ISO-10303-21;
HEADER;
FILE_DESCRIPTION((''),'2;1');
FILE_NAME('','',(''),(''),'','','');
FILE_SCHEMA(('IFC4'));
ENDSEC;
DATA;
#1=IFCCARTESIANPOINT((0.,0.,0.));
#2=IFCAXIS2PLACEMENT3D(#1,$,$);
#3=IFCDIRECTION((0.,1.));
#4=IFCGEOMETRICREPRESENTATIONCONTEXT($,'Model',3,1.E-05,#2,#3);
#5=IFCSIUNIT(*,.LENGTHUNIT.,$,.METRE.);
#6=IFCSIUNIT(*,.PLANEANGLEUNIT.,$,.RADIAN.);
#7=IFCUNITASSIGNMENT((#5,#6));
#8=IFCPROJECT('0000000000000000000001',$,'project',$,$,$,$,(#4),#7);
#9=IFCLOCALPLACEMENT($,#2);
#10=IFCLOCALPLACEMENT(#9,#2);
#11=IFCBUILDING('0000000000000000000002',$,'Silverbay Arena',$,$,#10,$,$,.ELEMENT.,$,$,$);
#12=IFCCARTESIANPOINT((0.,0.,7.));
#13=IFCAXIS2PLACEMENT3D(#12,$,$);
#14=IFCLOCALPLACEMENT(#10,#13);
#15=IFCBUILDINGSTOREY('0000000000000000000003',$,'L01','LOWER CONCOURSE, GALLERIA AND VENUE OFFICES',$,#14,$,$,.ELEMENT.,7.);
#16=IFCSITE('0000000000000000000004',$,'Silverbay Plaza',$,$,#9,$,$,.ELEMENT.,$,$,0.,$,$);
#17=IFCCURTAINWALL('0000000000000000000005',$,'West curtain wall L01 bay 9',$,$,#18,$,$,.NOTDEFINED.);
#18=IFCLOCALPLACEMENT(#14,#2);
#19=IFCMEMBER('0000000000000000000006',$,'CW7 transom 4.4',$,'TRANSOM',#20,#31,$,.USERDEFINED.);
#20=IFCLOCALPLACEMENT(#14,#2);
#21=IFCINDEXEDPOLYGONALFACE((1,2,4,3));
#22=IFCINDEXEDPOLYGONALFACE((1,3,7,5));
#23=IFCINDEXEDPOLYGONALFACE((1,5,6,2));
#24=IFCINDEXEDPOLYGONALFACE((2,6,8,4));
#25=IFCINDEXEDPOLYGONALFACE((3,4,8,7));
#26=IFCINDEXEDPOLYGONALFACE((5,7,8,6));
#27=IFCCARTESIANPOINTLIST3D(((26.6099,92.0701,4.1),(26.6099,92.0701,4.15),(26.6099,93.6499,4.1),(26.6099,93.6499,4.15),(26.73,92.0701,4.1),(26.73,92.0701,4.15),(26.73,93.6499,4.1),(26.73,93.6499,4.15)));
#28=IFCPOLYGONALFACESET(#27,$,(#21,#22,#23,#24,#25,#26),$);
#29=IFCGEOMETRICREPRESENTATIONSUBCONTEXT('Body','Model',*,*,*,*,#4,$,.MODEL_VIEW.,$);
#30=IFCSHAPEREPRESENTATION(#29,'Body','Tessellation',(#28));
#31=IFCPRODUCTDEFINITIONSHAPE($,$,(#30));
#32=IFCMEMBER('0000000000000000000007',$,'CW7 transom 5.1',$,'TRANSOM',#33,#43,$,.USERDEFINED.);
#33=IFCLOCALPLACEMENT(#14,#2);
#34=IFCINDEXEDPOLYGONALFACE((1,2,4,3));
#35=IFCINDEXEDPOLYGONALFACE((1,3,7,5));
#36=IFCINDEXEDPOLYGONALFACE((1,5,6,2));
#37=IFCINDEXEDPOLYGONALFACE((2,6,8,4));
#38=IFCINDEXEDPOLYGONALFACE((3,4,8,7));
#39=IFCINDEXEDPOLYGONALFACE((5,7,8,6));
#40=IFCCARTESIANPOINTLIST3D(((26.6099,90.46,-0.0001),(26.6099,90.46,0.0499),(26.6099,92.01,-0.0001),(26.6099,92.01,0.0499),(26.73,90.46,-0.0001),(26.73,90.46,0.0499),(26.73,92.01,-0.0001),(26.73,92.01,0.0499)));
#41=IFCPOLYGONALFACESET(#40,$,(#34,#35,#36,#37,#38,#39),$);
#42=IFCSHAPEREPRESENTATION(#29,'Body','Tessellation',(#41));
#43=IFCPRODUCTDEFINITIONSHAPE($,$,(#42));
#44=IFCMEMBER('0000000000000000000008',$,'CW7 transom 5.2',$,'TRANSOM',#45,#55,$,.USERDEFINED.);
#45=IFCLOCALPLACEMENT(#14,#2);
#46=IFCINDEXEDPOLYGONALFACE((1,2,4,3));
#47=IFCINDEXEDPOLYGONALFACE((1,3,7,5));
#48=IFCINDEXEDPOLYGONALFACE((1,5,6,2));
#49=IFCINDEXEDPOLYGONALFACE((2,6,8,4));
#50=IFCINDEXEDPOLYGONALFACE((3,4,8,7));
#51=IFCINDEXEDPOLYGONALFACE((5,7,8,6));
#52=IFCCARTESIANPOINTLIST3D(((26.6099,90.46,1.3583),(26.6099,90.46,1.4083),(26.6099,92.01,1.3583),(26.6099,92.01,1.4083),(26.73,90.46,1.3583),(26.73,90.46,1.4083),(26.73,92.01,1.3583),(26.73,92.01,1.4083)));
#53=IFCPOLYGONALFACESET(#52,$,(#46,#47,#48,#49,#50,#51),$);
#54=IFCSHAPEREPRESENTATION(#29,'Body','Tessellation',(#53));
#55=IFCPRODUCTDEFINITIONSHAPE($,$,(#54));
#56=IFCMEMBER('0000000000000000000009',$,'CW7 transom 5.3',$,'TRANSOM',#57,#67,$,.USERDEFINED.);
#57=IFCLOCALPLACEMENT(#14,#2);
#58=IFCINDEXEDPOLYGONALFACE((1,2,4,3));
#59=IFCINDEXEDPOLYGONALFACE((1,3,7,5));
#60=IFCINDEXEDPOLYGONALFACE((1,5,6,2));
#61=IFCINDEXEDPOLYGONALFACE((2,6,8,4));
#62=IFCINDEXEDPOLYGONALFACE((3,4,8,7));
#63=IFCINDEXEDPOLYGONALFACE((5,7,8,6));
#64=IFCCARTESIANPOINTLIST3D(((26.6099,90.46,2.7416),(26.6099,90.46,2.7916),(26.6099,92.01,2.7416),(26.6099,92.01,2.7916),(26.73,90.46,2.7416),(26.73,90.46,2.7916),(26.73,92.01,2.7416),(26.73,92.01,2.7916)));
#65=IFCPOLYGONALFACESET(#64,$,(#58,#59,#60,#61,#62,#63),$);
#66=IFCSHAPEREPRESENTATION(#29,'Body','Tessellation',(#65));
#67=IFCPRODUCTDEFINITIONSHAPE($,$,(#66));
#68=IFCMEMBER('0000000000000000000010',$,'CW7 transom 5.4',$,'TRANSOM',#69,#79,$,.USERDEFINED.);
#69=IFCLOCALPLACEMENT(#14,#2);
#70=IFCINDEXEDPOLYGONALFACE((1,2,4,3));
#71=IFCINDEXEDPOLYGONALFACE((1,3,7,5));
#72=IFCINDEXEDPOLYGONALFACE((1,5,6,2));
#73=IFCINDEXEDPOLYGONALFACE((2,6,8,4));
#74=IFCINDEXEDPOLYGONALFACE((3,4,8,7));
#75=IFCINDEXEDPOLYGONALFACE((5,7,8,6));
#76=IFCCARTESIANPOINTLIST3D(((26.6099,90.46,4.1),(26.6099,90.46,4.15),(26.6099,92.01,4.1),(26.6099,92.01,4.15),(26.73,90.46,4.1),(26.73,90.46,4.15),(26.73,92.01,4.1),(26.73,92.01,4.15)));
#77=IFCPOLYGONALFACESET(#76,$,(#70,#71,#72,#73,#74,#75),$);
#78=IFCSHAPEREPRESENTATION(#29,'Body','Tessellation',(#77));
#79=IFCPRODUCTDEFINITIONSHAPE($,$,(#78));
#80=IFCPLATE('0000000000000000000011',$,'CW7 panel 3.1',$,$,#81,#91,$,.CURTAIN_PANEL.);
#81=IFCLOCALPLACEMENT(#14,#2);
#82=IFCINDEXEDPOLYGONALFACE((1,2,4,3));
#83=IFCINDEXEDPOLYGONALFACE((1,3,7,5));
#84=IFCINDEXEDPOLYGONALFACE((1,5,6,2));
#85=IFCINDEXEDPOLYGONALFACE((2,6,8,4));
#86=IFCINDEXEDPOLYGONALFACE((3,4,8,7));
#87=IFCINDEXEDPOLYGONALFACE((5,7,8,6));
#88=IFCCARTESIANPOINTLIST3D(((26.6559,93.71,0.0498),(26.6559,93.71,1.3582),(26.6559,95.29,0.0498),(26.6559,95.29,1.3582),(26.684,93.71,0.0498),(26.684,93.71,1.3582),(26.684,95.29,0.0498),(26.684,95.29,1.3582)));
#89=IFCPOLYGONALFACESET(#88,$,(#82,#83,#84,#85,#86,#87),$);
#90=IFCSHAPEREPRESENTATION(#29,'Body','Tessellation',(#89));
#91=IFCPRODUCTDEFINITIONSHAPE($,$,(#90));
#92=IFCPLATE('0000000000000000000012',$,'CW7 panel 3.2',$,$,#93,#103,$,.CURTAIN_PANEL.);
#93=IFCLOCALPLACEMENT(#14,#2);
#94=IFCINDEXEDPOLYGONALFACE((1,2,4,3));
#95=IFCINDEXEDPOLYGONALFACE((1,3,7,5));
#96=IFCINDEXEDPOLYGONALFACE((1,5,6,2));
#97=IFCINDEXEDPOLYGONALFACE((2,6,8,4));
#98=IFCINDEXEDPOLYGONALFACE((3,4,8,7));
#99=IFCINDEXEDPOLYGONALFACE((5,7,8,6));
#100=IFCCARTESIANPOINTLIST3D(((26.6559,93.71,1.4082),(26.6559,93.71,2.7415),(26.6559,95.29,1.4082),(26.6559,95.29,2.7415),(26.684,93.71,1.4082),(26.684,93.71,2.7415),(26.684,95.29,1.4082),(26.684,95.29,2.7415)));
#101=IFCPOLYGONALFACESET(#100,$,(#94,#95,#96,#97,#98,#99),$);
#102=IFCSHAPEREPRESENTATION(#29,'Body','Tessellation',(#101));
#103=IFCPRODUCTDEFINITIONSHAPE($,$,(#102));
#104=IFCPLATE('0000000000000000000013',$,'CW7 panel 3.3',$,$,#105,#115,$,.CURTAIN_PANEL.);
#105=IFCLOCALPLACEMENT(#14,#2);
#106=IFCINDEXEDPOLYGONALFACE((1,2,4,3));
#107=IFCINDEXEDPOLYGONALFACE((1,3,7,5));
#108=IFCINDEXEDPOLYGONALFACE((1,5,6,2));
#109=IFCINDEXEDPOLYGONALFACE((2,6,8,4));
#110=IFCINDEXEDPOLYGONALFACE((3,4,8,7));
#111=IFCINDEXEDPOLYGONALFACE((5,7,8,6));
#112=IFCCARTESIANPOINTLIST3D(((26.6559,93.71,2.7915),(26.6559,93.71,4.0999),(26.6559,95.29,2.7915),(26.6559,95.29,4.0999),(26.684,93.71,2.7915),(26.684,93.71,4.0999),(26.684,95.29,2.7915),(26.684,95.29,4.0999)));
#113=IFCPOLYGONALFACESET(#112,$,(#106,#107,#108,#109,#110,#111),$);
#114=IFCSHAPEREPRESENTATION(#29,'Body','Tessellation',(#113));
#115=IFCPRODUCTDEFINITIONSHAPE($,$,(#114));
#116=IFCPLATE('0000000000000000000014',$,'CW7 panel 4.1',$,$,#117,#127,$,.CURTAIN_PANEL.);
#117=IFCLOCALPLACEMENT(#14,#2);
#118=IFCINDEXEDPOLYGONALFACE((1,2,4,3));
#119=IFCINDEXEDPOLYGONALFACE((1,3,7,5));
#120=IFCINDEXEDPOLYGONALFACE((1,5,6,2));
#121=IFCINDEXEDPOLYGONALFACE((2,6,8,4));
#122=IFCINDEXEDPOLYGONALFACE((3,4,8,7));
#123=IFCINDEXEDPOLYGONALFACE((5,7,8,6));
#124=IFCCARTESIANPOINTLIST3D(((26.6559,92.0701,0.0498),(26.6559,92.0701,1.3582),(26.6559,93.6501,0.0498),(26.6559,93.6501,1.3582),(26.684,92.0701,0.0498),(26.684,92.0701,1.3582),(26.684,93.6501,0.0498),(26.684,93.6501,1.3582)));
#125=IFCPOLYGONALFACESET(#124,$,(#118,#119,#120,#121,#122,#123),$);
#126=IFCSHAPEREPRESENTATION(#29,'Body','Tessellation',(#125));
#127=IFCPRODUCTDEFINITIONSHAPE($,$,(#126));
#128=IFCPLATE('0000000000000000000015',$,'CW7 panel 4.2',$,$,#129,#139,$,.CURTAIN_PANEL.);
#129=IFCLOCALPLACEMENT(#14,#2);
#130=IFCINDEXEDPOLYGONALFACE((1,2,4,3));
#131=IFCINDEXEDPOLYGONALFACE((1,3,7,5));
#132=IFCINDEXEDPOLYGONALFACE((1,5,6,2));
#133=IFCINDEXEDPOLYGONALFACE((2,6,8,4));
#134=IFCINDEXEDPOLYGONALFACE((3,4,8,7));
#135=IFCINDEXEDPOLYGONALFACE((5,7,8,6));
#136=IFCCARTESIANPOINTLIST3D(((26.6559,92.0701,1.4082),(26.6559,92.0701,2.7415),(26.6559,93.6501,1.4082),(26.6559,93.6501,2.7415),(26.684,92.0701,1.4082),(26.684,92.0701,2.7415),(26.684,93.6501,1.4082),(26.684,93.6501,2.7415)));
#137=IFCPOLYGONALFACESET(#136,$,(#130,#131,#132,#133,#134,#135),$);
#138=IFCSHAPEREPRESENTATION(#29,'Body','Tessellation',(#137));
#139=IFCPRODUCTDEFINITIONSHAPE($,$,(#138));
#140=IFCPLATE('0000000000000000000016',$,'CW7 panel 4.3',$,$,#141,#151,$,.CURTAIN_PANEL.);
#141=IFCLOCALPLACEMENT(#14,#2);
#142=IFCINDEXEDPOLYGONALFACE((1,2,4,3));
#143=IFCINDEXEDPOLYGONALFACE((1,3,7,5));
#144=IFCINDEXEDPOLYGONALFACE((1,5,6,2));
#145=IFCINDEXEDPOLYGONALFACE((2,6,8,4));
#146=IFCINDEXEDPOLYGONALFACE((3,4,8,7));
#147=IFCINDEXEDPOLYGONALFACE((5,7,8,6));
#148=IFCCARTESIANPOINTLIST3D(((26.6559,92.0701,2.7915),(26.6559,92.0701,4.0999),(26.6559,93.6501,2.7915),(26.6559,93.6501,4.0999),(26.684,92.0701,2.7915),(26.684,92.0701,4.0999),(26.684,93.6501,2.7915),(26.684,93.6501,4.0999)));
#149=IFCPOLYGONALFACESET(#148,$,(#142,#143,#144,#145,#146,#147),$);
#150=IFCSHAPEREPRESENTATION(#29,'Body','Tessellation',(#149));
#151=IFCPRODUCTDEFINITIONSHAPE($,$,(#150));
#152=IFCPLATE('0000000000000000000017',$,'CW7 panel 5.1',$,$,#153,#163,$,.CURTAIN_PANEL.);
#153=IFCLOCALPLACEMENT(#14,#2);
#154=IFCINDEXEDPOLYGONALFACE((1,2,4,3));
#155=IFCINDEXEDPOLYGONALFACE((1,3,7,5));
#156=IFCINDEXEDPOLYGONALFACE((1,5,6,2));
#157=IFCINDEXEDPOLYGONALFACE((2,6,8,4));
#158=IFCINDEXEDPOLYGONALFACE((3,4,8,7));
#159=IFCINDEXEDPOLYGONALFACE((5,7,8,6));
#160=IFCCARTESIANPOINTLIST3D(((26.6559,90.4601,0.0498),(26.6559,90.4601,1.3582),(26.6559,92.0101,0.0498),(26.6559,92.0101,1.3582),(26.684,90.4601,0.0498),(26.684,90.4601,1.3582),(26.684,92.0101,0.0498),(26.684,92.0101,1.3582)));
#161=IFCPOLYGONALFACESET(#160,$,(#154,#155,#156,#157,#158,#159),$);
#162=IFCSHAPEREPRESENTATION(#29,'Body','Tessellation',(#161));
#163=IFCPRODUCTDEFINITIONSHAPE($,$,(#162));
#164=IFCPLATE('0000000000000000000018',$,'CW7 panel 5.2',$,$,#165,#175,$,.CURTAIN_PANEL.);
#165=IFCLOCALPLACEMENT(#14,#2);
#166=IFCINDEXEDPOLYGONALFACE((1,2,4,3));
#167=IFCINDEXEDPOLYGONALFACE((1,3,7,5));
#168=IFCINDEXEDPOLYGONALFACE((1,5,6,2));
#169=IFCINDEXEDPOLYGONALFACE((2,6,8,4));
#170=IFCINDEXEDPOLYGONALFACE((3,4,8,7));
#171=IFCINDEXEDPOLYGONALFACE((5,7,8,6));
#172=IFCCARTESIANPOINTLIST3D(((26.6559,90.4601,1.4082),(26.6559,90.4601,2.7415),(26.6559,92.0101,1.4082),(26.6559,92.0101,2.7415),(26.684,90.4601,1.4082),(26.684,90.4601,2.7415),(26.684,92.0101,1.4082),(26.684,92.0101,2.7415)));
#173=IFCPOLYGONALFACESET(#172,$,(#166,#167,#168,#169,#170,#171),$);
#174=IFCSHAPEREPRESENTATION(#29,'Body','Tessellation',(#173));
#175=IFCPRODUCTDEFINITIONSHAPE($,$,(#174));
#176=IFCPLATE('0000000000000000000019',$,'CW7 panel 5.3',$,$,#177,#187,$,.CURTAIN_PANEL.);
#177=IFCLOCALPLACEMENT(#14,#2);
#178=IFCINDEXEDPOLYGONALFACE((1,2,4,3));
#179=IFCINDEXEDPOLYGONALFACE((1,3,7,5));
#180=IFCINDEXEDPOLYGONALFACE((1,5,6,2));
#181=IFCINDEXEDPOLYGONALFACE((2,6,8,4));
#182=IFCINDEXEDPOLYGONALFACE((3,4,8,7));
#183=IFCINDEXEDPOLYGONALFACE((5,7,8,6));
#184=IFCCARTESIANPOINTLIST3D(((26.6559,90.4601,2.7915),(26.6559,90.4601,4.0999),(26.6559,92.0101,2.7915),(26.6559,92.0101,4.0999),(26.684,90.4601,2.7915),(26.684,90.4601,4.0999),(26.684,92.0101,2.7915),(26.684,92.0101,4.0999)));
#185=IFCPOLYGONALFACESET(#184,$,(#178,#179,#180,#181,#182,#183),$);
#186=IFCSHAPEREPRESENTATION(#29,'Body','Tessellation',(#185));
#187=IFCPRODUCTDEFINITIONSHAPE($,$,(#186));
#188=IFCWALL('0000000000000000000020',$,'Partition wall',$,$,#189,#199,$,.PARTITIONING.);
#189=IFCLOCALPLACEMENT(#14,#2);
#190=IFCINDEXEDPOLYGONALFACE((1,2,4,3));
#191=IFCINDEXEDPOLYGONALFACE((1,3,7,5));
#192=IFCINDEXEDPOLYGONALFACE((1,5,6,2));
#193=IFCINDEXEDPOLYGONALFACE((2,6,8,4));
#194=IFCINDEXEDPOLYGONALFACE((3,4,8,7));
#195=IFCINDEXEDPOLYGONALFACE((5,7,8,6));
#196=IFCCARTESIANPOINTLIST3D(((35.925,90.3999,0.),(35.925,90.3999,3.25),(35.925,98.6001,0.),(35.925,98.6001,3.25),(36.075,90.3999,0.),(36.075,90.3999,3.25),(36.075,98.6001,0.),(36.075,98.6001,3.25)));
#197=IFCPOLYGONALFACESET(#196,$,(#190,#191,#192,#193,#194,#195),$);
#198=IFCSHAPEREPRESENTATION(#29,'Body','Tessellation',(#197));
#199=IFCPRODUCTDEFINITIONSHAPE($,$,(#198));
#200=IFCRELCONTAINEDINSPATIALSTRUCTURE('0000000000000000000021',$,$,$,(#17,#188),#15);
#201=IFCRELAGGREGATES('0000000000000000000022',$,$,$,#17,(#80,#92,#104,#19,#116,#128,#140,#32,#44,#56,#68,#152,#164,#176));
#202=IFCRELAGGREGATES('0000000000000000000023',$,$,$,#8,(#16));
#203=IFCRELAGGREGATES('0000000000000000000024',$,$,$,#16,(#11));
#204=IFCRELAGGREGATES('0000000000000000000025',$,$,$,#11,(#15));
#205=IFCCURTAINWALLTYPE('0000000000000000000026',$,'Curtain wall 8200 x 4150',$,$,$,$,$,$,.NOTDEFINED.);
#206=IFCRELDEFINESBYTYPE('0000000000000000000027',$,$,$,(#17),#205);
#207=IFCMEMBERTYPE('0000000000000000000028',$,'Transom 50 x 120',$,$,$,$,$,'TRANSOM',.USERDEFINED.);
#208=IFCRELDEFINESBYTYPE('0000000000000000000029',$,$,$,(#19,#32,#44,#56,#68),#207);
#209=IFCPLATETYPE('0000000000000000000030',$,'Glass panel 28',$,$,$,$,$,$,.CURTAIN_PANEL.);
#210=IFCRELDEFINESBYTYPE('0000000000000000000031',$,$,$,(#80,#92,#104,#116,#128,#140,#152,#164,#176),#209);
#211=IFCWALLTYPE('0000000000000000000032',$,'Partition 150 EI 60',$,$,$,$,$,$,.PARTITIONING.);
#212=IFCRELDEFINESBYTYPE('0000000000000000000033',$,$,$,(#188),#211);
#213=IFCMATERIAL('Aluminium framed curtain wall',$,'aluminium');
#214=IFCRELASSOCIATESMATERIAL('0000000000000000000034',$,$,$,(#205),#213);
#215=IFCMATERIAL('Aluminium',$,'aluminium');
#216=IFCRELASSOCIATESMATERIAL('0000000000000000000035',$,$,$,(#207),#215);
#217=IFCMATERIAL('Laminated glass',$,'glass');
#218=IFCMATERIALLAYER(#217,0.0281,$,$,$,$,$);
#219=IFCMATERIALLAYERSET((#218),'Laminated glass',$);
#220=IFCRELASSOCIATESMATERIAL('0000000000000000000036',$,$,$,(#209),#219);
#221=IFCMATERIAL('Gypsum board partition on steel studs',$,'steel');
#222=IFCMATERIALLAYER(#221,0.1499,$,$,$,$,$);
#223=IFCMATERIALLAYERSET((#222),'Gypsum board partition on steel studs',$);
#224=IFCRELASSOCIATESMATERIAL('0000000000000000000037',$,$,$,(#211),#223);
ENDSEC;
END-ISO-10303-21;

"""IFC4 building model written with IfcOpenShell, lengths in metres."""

from ifc_helpers import new_model, si_unit, direction, frame, frame_2d, origin, origin_2d, place, context, subcontext, project, spatial, rectangle, extrude, material, layer, layer_set, material_profile, profile_set, type_object, element, aggregate, save


model = new_model("IFC4")

# Units and contexts
model_context = context("Model", 3, precision=1e-05, world=origin(), true_north=direction((0.0, 1.0)))
body_context = subcontext(model_context, "Body", "Model", "MODEL_VIEW")
ifc_project = project(units=[si_unit("LENGTHUNIT", "METRE"), si_unit("PLANEANGLEUNIT", "RADIAN")], contexts=[model_context])

# Site, building, storey
site_placement = place(None, origin())
site = spatial("IfcSite", under=ifc_project, at=site_placement, Name="Silverbay Plaza", CompositionType="ELEMENT", RefElevation=0.0)
building_placement = place(site_placement, origin())
building = spatial("IfcBuilding", under=site, at=building_placement, Name="Silverbay Arena", CompositionType="ELEMENT")
storey_placement = place(building_placement, frame((0.0, 0.0, 7.0)))
storey = spatial("IfcBuildingStorey", under=building, at=storey_placement, Name="L01", Description="LOWER CONCOURSE, GALLERIA AND VENUE OFFICES", CompositionType="ELEMENT", Elevation=7.0)

# Curtain wall
ifc_material_1 = material(Name="Aluminium framed curtain wall", Category="aluminium")
curtain_wall_type = type_object("IfcCurtainWallType", Name="Curtain wall 8200 x 4150", PredefinedType="NOTDEFINED", material=ifc_material_1)
curtain_wall_placement = place(storey_placement, origin())
curtain_wall = element("IfcCurtainWall", 1, at=curtain_wall_placement, inside=storey, type_object=curtain_wall_type, Name="West curtain wall L01 bay 9", PredefinedType="NOTDEFINED")

# Members
ifc_material_2 = material(Name="Aluminium", Category="aluminium")
ifc_material_profile_1 = material_profile(ifc_material_2, rectangle(XDim=0.1201, YDim=0.05, at=origin_2d()), Name="Transom 50 x 120")
ifc_profile_set_1 = profile_set([ifc_material_profile_1], Name="Aluminium")
member_type_1 = type_object("IfcMemberType", Name="Transom 50 x 120", ElementType="TRANSOM", PredefinedType="USERDEFINED", material=ifc_profile_set_1)
member_1_placement = place(storey_placement, frame((26.6699, 93.6499, 4.125), z_axis=(0.0, -1.0, 0.0), x_axis=(1.0, 0.0, 0.0)))
member_1 = element("IfcMember", 2, at=member_1_placement, type_object=member_type_1, Name="CW7 transom 4.4", ObjectType="TRANSOM", PredefinedType="USERDEFINED", context=body_context, shape_type="SweptSolid", body=[
    extrude(rectangle(XDim=0.1201, YDim=0.05, at=origin_2d()), origin(), (0.0, 0.0, 1.0), 1.5798),
])
member_2_placement = place(storey_placement, frame((26.6699, 92.01, 0.0249), z_axis=(0.0, -1.0, 0.0), x_axis=(1.0, 0.0, 0.0)))
member_2 = element("IfcMember", 3, at=member_2_placement, type_object=member_type_1, Name="CW7 transom 5.1", ObjectType="TRANSOM", PredefinedType="USERDEFINED", context=body_context, shape_type="SweptSolid", body=[
    extrude(rectangle(XDim=0.1201, YDim=0.05, at=origin_2d()), origin(), (0.0, 0.0, 1.0), 1.55),
])
member_3_placement = place(storey_placement, frame((26.6699, 92.01, 1.3833), z_axis=(0.0, -1.0, 0.0), x_axis=(1.0, 0.0, 0.0)))
member_3 = element("IfcMember", 4, at=member_3_placement, type_object=member_type_1, Name="CW7 transom 5.2", ObjectType="TRANSOM", PredefinedType="USERDEFINED", context=body_context, shape_type="SweptSolid", body=[
    extrude(rectangle(XDim=0.1201, YDim=0.05, at=origin_2d()), origin(), (0.0, 0.0, 1.0), 1.55),
])
member_4_placement = place(storey_placement, frame((26.6699, 92.01, 2.7666), z_axis=(0.0, -1.0, 0.0), x_axis=(1.0, 0.0, 0.0)))
member_4 = element("IfcMember", 5, at=member_4_placement, type_object=member_type_1, Name="CW7 transom 5.3", ObjectType="TRANSOM", PredefinedType="USERDEFINED", context=body_context, shape_type="SweptSolid", body=[
    extrude(rectangle(XDim=0.1201, YDim=0.05, at=origin_2d()), origin(), (0.0, 0.0, 1.0), 1.55),
])
member_5_placement = place(storey_placement, frame((26.6699, 92.01, 4.125), z_axis=(0.0, -1.0, 0.0), x_axis=(1.0, 0.0, 0.0)))
member_5 = element("IfcMember", 6, at=member_5_placement, type_object=member_type_1, Name="CW7 transom 5.4", ObjectType="TRANSOM", PredefinedType="USERDEFINED", context=body_context, shape_type="SweptSolid", body=[
    extrude(rectangle(XDim=0.1201, YDim=0.05, at=origin_2d()), origin(), (0.0, 0.0, 1.0), 1.55),
])

# Plates
ifc_material_3 = material(Name="Laminated glass", Category="glass")
ifc_layer_1 = layer(ifc_material_3, 0.0281)
ifc_layer_set_1 = layer_set([ifc_layer_1], Name="Laminated glass")
plate_type = type_object("IfcPlateType", Name="Glass panel 28", PredefinedType="CURTAIN_PANEL", material=ifc_layer_set_1)
plate_1_placement = place(storey_placement, frame((26.6699, 94.5, 0.0498), z_axis=(0.0, 0.0, 1.0), x_axis=(0.0, -1.0, 0.0)))
plate_1 = element("IfcPlate", 7, at=plate_1_placement, type_object=plate_type, Name="CW7 panel 3.1", PredefinedType="CURTAIN_PANEL", context=body_context, shape_type="SweptSolid", body=[
    extrude(rectangle(XDim=1.5801, YDim=0.0281, at=origin_2d()), origin(), (0.0, 0.0, 1.0), 1.3083),
])
plate_2_placement = place(storey_placement, frame((26.6699, 94.5, 1.4082), z_axis=(0.0, 0.0, 1.0), x_axis=(0.0, -1.0, 0.0)))
plate_2 = element("IfcPlate", 8, at=plate_2_placement, type_object=plate_type, Name="CW7 panel 3.2", PredefinedType="CURTAIN_PANEL", context=body_context, shape_type="SweptSolid", body=[
    extrude(rectangle(XDim=1.5801, YDim=0.0281, at=origin_2d()), origin(), (0.0, 0.0, 1.0), 1.3333),
])
plate_3_placement = place(storey_placement, frame((26.6699, 94.5, 2.7915), z_axis=(0.0, 0.0, 1.0), x_axis=(0.0, -1.0, 0.0)))
plate_3 = element("IfcPlate", 9, at=plate_3_placement, type_object=plate_type, Name="CW7 panel 3.3", PredefinedType="CURTAIN_PANEL", context=body_context, shape_type="SweptSolid", body=[
    extrude(rectangle(XDim=1.5801, YDim=0.0281, at=origin_2d()), origin(), (0.0, 0.0, 1.0), 1.3083),
])
plate_4_placement = place(storey_placement, frame((26.6699, 92.8601, 0.0498), z_axis=(0.0, 0.0, 1.0), x_axis=(0.0, -1.0, 0.0)))
plate_4 = element("IfcPlate", 10, at=plate_4_placement, type_object=plate_type, Name="CW7 panel 4.1", PredefinedType="CURTAIN_PANEL", context=body_context, shape_type="SweptSolid", body=[
    extrude(rectangle(XDim=1.5801, YDim=0.0281, at=origin_2d()), origin(), (0.0, 0.0, 1.0), 1.3083),
])
plate_5_placement = place(storey_placement, frame((26.6699, 92.8601, 1.4082), z_axis=(0.0, 0.0, 1.0), x_axis=(0.0, -1.0, 0.0)))
plate_5 = element("IfcPlate", 11, at=plate_5_placement, type_object=plate_type, Name="CW7 panel 4.2", PredefinedType="CURTAIN_PANEL", context=body_context, shape_type="SweptSolid", body=[
    extrude(rectangle(XDim=1.5801, YDim=0.0281, at=origin_2d()), origin(), (0.0, 0.0, 1.0), 1.3333),
])
plate_6_placement = place(storey_placement, frame((26.6699, 92.8601, 2.7915), z_axis=(0.0, 0.0, 1.0), x_axis=(0.0, -1.0, 0.0)))
plate_6 = element("IfcPlate", 12, at=plate_6_placement, type_object=plate_type, Name="CW7 panel 4.3", PredefinedType="CURTAIN_PANEL", context=body_context, shape_type="SweptSolid", body=[
    extrude(rectangle(XDim=1.5801, YDim=0.0281, at=origin_2d()), origin(), (0.0, 0.0, 1.0), 1.3083),
])
plate_7_placement = place(storey_placement, frame((26.6699, 91.2351, 0.0498), z_axis=(0.0, 0.0, 1.0), x_axis=(0.0, -1.0, 0.0)))
plate_7 = element("IfcPlate", 13, at=plate_7_placement, type_object=plate_type, Name="CW7 panel 5.1", PredefinedType="CURTAIN_PANEL", context=body_context, shape_type="SweptSolid", body=[
    extrude(rectangle(XDim=1.55, YDim=0.0281, at=origin_2d()), origin(), (0.0, 0.0, 1.0), 1.3083),
])
plate_8_placement = place(storey_placement, frame((26.6699, 91.2351, 1.4082), z_axis=(0.0, 0.0, 1.0), x_axis=(0.0, -1.0, 0.0)))
plate_8 = element("IfcPlate", 14, at=plate_8_placement, type_object=plate_type, Name="CW7 panel 5.2", PredefinedType="CURTAIN_PANEL", context=body_context, shape_type="SweptSolid", body=[
    extrude(rectangle(XDim=1.55, YDim=0.0281, at=origin_2d()), origin(), (0.0, 0.0, 1.0), 1.3333),
])
plate_9_placement = place(storey_placement, frame((26.6699, 91.2351, 2.7915), z_axis=(0.0, 0.0, 1.0), x_axis=(0.0, -1.0, 0.0)))
plate_9 = element("IfcPlate", 15, at=plate_9_placement, type_object=plate_type, Name="CW7 panel 5.3", PredefinedType="CURTAIN_PANEL", context=body_context, shape_type="SweptSolid", body=[
    extrude(rectangle(XDim=1.55, YDim=0.0281, at=origin_2d()), origin(), (0.0, 0.0, 1.0), 1.3083),
])
aggregate(curtain_wall, [plate_1, plate_2, plate_3, member_1, plate_4, plate_5, plate_6, member_2, member_3, member_4, member_5, plate_7, plate_8, plate_9])

# Wall
ifc_material_4 = material(Name="Gypsum board partition on steel studs", Category="steel")
ifc_layer_2 = layer(ifc_material_4, 0.1499)
ifc_layer_set_2 = layer_set([ifc_layer_2], Name="Gypsum board partition on steel studs")
wall_type = type_object("IfcWallType", Name="Partition 150 EI 60", PredefinedType="PARTITIONING", material=ifc_layer_set_2)
wall_placement = place(storey_placement, frame((36.0, 90.3999, 0.0), z_axis=(0.0, 0.0, 1.0), x_axis=(0.0, 1.0, 0.0)))
element("IfcWall", 16, at=wall_placement, inside=storey, type_object=wall_type, Name="Partition wall", PredefinedType="PARTITIONING", context=body_context, shape_type="SweptSolid", body=[
    extrude(rectangle(XDim=8.2002, YDim=0.1499, at=frame_2d((4.1001, 0.0))), origin(), (0.0, 0.0, 1.0), 3.25),
])

save(model, "model.ifc")
